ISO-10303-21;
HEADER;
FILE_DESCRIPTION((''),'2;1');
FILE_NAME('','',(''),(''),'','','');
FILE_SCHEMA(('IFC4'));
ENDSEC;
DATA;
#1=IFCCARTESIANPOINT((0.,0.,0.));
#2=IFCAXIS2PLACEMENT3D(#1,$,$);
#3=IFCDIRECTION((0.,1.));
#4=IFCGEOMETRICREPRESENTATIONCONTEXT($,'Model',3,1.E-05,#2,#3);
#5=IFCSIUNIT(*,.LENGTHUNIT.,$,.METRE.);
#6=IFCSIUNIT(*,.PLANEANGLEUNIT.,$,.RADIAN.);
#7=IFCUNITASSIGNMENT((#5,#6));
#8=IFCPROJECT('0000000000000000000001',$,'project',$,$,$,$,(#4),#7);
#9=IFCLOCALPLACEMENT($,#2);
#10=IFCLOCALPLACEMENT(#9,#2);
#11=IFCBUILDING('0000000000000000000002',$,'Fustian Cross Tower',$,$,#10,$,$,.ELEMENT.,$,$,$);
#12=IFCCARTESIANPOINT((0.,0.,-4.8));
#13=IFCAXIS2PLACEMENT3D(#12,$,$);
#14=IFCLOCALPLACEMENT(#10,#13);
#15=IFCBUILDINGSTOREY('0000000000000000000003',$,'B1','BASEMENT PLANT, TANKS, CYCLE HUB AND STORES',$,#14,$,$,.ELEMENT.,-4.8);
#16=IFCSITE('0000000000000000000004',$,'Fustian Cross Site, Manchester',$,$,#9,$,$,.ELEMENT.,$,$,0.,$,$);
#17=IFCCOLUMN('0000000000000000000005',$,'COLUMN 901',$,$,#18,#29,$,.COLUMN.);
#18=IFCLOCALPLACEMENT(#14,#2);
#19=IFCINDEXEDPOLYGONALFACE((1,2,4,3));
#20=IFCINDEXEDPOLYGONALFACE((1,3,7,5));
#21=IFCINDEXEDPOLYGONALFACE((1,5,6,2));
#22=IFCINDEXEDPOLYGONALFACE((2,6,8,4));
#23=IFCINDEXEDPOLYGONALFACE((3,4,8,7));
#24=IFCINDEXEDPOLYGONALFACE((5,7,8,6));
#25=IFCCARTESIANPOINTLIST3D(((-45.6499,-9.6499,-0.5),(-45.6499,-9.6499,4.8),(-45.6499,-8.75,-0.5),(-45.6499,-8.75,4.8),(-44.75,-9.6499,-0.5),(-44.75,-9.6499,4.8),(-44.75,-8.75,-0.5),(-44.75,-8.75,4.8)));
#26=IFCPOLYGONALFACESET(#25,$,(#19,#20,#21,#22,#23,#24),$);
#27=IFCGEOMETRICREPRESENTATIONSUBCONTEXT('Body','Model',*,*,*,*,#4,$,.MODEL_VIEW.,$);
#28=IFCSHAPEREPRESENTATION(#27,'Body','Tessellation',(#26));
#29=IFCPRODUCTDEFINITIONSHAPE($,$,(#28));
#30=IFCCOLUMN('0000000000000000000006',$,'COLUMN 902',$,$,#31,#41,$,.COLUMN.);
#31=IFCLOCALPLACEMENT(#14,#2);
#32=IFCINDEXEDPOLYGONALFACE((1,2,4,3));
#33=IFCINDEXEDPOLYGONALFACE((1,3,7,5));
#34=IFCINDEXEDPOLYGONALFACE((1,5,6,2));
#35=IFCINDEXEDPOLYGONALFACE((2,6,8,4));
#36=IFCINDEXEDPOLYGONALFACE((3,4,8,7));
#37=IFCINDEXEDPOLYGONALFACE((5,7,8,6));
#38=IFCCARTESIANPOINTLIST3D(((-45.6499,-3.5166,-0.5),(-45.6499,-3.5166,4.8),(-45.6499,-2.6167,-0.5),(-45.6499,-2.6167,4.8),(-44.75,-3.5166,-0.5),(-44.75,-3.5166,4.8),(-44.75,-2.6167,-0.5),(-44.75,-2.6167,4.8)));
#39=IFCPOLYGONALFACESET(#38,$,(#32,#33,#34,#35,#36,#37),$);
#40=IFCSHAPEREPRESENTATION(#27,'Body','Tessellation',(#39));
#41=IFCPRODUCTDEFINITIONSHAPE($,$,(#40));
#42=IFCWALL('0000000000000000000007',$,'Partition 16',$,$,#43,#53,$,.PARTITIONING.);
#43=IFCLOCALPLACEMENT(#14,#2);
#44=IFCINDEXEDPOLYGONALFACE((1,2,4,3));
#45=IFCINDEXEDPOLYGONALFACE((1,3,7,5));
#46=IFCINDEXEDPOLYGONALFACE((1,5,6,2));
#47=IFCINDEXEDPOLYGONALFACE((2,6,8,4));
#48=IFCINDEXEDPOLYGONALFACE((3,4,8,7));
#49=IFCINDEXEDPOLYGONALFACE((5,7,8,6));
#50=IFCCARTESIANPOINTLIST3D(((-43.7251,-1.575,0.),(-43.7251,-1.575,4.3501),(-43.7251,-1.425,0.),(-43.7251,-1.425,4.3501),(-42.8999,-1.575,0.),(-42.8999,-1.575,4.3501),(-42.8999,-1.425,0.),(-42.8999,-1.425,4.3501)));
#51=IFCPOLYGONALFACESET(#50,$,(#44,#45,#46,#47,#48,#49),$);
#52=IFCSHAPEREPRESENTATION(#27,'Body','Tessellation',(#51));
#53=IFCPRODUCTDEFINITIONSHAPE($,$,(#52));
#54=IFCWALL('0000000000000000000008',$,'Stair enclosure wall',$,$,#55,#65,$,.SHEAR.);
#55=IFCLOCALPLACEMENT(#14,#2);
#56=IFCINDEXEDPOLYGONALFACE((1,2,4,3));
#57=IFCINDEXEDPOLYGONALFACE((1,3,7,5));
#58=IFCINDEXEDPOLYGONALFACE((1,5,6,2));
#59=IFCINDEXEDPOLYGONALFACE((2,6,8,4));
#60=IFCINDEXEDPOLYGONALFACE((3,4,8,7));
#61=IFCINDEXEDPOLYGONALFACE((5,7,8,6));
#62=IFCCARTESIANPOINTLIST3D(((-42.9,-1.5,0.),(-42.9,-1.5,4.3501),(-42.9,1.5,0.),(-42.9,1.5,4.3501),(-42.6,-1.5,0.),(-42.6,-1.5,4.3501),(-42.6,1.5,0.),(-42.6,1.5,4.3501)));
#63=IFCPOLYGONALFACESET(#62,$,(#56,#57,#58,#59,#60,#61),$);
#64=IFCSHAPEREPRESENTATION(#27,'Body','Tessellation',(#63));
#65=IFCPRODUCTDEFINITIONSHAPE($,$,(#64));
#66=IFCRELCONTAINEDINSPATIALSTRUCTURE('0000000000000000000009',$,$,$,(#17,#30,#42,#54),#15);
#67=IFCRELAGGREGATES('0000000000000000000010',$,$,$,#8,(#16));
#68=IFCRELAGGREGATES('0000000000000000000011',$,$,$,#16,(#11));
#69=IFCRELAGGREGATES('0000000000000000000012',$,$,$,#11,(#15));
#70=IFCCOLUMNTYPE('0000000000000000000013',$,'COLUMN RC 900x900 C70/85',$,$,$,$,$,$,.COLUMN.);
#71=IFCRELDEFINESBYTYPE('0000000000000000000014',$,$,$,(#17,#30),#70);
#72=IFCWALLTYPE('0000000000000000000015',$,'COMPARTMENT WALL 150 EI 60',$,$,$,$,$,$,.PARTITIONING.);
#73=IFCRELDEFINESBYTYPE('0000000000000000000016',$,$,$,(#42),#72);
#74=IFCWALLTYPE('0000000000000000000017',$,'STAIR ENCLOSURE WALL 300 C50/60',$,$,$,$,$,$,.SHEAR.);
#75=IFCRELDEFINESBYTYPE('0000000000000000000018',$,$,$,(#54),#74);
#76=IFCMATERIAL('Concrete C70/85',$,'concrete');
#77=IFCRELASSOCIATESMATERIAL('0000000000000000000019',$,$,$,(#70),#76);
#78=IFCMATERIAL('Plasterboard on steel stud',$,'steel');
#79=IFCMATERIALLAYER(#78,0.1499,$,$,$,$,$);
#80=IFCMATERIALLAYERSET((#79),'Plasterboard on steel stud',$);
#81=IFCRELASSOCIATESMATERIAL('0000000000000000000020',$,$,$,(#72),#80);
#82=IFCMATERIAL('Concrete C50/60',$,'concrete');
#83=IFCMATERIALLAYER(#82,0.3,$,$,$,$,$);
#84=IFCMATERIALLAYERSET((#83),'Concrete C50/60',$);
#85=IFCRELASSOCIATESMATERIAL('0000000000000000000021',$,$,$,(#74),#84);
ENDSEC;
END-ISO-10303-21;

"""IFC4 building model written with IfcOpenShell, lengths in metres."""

from ifc_helpers import new_model, si_unit, direction, frame, frame_2d, origin, origin_2d, place, context, subcontext, project, spatial, rectangle, extrude, material, layer, layer_set, material_profile, profile_set, type_object, element, save


model = new_model("IFC4")

# Units and contexts
model_context = context("Model", 3, precision=1e-05, world=origin(), true_north=direction((0.0, 1.0)))
body_context = subcontext(model_context, "Body", "Model", "MODEL_VIEW")
ifc_project = project(units=[si_unit("LENGTHUNIT", "METRE"), si_unit("PLANEANGLEUNIT", "RADIAN")], contexts=[model_context])

# Site, building, storey
site_placement = place(None, origin())
site = spatial("IfcSite", under=ifc_project, at=site_placement, Name="Fustian Cross Site, Manchester", CompositionType="ELEMENT", RefElevation=0.0)
building_placement = place(site_placement, origin())
building = spatial("IfcBuilding", under=site, at=building_placement, Name="Fustian Cross Tower", CompositionType="ELEMENT")
storey_placement = place(building_placement, frame((0.0, 0.0, -4.8)))
storey = spatial("IfcBuildingStorey", under=building, at=storey_placement, Name="B1", Description="BASEMENT PLANT, TANKS, CYCLE HUB AND STORES", CompositionType="ELEMENT", Elevation=-4.8)

# Columns
ifc_material_1 = material(Name="Concrete C70/85", Category="concrete")
ifc_material_profile_1 = material_profile(ifc_material_1, rectangle(XDim=0.8999, YDim=0.8999, at=origin_2d()), Name="RC 900x900")
ifc_profile_set_1 = profile_set([ifc_material_profile_1], Name="Concrete C70/85")
column_type_1 = type_object("IfcColumnType", Name="COLUMN RC 900x900 C70/85", PredefinedType="COLUMN", material=ifc_profile_set_1)
for number, where, z_axis, x_axis, name in (
    (1, (-45.2, -9.2, -0.5), (0.0, 0.0, 1.0), (1.0, 0.0, 0.0), "COLUMN 901"),
    (2, (-45.2, -3.0667, -0.5), (0.0, 0.0, 1.0), (1.0, 0.0, 0.0), "COLUMN 902"),
):
    element("IfcColumn", number, at=place(storey_placement, frame(where, z_axis=z_axis, x_axis=x_axis)), inside=storey, type_object=column_type_1, Name=name, PredefinedType="COLUMN", context=body_context, shape_type="SweptSolid", body=[
        extrude(rectangle(XDim=0.8999, YDim=0.8999, at=origin_2d()), origin(), (0.0, 0.0, 1.0), 5.3),
    ])

# Walls
ifc_material_2 = material(Name="Plasterboard on steel stud", Category="steel")
ifc_layer_1 = layer(ifc_material_2, 0.1499)
ifc_layer_set_1 = layer_set([ifc_layer_1], Name="Plasterboard on steel stud")
wall_type_1 = type_object("IfcWallType", Name="COMPARTMENT WALL 150 EI 60", PredefinedType="PARTITIONING", material=ifc_layer_set_1)
wall_1_placement = place(storey_placement, frame((-43.7251, -1.5, 0.0), z_axis=(0.0, 0.0, 1.0), x_axis=(1.0, 0.0, 0.0)))
element("IfcWall", 3, at=wall_1_placement, inside=storey, type_object=wall_type_1, Name="Partition 16", PredefinedType="PARTITIONING", context=body_context, shape_type="SweptSolid", body=[
    extrude(rectangle(XDim=0.8252, YDim=0.1499, at=frame_2d((0.4126, 0.0))), origin(), (0.0, 0.0, 1.0), 4.3501),
])
ifc_material_3 = material(Name="Concrete C50/60", Category="concrete")
ifc_layer_2 = layer(ifc_material_3, 0.3)
ifc_layer_set_2 = layer_set([ifc_layer_2], Name="Concrete C50/60")
wall_type_2 = type_object("IfcWallType", Name="STAIR ENCLOSURE WALL 300 C50/60", PredefinedType="SHEAR", material=ifc_layer_set_2)
wall_2_placement = place(storey_placement, frame((-42.75, -1.5, 0.0), z_axis=(0.0, 0.0, 1.0), x_axis=(0.0, 1.0, 0.0)))
element("IfcWall", 4, at=wall_2_placement, inside=storey, type_object=wall_type_2, Name="Stair enclosure wall", PredefinedType="SHEAR", context=body_context, shape_type="SweptSolid", body=[
    extrude(rectangle(XDim=3.0, YDim=0.3, at=frame_2d((1.5, 0.0))), origin(), (0.0, 0.0, 1.0), 4.3501),
])

save(model, "model.ifc")
